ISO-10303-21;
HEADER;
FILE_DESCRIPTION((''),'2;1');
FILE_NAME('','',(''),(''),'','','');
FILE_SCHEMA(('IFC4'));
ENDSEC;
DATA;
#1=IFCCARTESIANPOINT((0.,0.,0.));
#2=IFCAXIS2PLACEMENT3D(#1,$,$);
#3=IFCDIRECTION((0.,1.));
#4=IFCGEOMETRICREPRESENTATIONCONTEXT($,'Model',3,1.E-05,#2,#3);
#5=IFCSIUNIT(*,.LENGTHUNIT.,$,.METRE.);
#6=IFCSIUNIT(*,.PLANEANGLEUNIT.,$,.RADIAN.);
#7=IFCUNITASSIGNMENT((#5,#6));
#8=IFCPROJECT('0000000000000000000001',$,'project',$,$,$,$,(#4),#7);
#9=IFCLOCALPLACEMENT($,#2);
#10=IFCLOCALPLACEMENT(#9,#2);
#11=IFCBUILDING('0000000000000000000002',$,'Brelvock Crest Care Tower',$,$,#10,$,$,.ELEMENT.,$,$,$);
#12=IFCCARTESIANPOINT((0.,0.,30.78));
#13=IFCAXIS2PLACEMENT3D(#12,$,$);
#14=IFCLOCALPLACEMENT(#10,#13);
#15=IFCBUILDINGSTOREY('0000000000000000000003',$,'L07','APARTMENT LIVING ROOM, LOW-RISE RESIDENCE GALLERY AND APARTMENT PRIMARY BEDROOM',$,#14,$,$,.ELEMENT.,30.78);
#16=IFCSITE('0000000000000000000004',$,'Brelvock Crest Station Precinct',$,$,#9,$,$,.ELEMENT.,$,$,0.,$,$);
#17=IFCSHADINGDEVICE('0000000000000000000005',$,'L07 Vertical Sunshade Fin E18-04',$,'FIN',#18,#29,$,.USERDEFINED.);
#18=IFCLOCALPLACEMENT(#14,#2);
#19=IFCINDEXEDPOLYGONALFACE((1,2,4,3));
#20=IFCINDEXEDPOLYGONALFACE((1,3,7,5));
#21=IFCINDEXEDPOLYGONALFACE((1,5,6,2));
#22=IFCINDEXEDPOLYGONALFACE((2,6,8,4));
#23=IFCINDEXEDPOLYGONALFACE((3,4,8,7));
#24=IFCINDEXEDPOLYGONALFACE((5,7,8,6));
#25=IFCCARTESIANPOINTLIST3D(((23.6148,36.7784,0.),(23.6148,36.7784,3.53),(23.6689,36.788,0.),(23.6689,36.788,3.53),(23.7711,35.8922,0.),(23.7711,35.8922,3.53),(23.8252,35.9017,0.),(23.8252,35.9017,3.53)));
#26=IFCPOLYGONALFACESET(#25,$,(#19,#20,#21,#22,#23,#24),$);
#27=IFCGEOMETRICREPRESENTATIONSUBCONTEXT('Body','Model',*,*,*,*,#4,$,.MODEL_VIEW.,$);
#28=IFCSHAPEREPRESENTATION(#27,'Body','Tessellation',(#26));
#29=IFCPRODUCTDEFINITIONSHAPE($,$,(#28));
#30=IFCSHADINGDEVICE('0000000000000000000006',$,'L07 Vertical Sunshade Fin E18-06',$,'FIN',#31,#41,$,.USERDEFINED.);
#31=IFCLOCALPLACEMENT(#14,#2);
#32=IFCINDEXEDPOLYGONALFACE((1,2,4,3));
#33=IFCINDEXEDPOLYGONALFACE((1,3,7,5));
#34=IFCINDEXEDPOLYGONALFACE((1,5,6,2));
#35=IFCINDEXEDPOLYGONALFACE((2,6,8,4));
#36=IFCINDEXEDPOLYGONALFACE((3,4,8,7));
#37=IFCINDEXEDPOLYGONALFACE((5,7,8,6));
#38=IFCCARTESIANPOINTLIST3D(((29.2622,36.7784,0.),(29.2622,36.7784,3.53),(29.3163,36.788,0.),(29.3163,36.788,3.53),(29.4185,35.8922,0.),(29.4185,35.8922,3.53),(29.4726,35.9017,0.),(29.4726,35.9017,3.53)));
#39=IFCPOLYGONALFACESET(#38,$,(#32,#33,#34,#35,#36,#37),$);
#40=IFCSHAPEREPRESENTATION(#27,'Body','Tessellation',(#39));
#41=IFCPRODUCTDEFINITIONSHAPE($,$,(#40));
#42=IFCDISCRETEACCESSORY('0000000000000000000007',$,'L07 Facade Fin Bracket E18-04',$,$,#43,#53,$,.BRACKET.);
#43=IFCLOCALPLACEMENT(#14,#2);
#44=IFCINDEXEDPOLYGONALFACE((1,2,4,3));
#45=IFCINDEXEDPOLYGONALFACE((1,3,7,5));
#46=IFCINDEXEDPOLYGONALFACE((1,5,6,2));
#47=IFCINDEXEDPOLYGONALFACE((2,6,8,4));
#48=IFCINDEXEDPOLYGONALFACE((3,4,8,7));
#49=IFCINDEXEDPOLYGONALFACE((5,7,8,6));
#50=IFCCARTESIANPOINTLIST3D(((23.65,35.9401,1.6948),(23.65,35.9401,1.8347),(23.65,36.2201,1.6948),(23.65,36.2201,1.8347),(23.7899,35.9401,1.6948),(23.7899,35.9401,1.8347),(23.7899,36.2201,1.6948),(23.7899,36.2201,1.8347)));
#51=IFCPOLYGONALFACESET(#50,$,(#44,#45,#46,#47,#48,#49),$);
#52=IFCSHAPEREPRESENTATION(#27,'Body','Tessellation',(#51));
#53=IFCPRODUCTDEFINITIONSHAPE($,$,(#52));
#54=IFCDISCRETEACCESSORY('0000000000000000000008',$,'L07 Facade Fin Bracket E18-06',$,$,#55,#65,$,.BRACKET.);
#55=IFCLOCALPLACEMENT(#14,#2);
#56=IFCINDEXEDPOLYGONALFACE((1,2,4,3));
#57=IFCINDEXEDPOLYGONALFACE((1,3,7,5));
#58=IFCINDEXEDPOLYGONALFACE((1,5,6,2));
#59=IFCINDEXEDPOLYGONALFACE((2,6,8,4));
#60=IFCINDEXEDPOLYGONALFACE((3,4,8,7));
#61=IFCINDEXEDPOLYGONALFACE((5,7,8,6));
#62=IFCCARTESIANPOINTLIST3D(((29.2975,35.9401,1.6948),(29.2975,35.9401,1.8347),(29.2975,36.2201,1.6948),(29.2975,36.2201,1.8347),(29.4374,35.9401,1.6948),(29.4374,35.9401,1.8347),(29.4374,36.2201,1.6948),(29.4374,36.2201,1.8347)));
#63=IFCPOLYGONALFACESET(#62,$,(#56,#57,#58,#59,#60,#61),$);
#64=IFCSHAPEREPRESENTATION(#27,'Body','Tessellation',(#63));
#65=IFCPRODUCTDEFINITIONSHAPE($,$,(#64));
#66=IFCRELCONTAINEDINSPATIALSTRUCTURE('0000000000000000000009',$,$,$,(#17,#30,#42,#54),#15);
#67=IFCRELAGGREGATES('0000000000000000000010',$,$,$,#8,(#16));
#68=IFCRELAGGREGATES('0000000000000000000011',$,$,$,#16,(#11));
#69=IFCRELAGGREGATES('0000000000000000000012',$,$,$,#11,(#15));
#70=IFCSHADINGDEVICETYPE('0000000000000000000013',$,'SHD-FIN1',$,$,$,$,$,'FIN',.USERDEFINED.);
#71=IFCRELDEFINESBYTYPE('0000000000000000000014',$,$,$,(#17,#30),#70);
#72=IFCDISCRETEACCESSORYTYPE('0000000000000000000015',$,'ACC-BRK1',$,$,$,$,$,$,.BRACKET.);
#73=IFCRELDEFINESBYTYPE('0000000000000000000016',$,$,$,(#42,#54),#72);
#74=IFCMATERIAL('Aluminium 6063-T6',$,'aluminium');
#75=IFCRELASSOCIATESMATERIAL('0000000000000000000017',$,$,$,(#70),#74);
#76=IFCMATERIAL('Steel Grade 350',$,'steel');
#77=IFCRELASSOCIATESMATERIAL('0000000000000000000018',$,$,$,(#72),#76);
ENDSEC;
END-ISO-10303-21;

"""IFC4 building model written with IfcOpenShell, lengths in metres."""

from ifc_helpers import new_model, si_unit, direction, frame, origin, origin_2d, place, context, subcontext, project, spatial, rectangle, extrude, source, transform, mapped, material, material_profile, profile_set, type_object, element, save


model = new_model("IFC4")

# Units and contexts
model_context = context("Model", 3, precision=1e-05, world=origin(), true_north=direction((0.0, 1.0)))
body_context = subcontext(model_context, "Body", "Model", "MODEL_VIEW")
ifc_project = project(units=[si_unit("LENGTHUNIT", "METRE"), si_unit("PLANEANGLEUNIT", "RADIAN")], contexts=[model_context])

# Site, building, storey
site_placement = place(None, origin())
site = spatial("IfcSite", under=ifc_project, at=site_placement, Name="Brelvock Crest Station Precinct", CompositionType="ELEMENT", RefElevation=0.0)
building_placement = place(site_placement, origin())
building = spatial("IfcBuilding", under=site, at=building_placement, Name="Brelvock Crest Care Tower", CompositionType="ELEMENT")
storey_placement = place(building_placement, frame((0.0, 0.0, 30.78)))
storey = spatial("IfcBuildingStorey", under=building, at=storey_placement, Name="L07", Description="APARTMENT LIVING ROOM, LOW-RISE RESIDENCE GALLERY AND APARTMENT PRIMARY BEDROOM", CompositionType="ELEMENT", Elevation=30.78)

# Shared definitions
ifc_material_1 = material(Name="Steel Grade 350", Category="steel")

# Shared definitions
ifc_material_2 = material(Name="Aluminium 6063-T6", Category="aluminium")

# Shading devices
ifc_material_profile_1 = material_profile(ifc_material_2, rectangle(XDim=0.0549, YDim=0.8999, at=origin_2d()), Name="FIN55x900")
ifc_profile_set_1 = profile_set([ifc_material_profile_1], Name="Aluminium 6063-T6")
shading_device_type = type_object("IfcShadingDeviceType", Name="SHD-FIN1", ElementType="FIN", PredefinedType="USERDEFINED", material=ifc_profile_set_1)
shared_shape_1 = source(origin(), body_context, "Body", "SweptSolid", [
    extrude(rectangle(XDim=0.0549, YDim=0.8999, at=origin_2d()), origin(), (0.0, 0.0, 1.0), 3.53),
])
for number, where, z_axis, x_axis, name in (
    (1, (23.72, 36.3401, 0.0), (0.0, 0.0, 1.0), (0.984808, 0.173648, 0.0), "L07 Vertical Sunshade Fin E18-04"),
    (2, (29.3674, 36.3401, 0.0), (0.0, 0.0, 1.0), (0.984808, 0.173648, 0.0), "L07 Vertical Sunshade Fin E18-06"),
):
    element("IfcShadingDevice", number, at=place(storey_placement, frame(where, z_axis=z_axis, x_axis=x_axis)), inside=storey, type_object=shading_device_type, Name=name, ObjectType="FIN", PredefinedType="USERDEFINED", context=body_context, shape_type="MappedRepresentation", body=[
        mapped(shared_shape_1, transform((0.0, 0.0, 0.0), x_axis=(1.0, 0.0, 0.0), y_axis=(0.0, 1.0, 0.0), z_axis=(0.0, 0.0, 1.0), scale=1.0)),
    ])

# Discrete accessories
discrete_accessory_type = type_object("IfcDiscreteAccessoryType", Name="ACC-BRK1", PredefinedType="BRACKET", material=ifc_material_1)
shared_shape_2 = source(origin(), body_context, "Body", "SweptSolid", [
    extrude(rectangle(XDim=0.28, YDim=0.1399, at=origin_2d()), origin(), (0.0, 0.0, 1.0), 0.1399),
])
for number, where, z_axis, x_axis, name in (
    (3, (23.72, 36.0801, 1.6948), (0.0, 0.0, 1.0), (0.0, 1.0, 0.0), "L07 Facade Fin Bracket E18-04"),
    (4, (29.3674, 36.0801, 1.6948), (0.0, 0.0, 1.0), (0.0, 1.0, 0.0), "L07 Facade Fin Bracket E18-06"),
):
    element("IfcDiscreteAccessory", number, at=place(storey_placement, frame(where, z_axis=z_axis, x_axis=x_axis)), inside=storey, type_object=discrete_accessory_type, Name=name, PredefinedType="BRACKET", context=body_context, shape_type="MappedRepresentation", body=[
        mapped(shared_shape_2, transform((0.0, 0.0, 0.0), x_axis=(1.0, 0.0, 0.0), y_axis=(0.0, 1.0, 0.0), z_axis=(0.0, 0.0, 1.0), scale=1.0)),
    ])

save(model, "model.ifc")
